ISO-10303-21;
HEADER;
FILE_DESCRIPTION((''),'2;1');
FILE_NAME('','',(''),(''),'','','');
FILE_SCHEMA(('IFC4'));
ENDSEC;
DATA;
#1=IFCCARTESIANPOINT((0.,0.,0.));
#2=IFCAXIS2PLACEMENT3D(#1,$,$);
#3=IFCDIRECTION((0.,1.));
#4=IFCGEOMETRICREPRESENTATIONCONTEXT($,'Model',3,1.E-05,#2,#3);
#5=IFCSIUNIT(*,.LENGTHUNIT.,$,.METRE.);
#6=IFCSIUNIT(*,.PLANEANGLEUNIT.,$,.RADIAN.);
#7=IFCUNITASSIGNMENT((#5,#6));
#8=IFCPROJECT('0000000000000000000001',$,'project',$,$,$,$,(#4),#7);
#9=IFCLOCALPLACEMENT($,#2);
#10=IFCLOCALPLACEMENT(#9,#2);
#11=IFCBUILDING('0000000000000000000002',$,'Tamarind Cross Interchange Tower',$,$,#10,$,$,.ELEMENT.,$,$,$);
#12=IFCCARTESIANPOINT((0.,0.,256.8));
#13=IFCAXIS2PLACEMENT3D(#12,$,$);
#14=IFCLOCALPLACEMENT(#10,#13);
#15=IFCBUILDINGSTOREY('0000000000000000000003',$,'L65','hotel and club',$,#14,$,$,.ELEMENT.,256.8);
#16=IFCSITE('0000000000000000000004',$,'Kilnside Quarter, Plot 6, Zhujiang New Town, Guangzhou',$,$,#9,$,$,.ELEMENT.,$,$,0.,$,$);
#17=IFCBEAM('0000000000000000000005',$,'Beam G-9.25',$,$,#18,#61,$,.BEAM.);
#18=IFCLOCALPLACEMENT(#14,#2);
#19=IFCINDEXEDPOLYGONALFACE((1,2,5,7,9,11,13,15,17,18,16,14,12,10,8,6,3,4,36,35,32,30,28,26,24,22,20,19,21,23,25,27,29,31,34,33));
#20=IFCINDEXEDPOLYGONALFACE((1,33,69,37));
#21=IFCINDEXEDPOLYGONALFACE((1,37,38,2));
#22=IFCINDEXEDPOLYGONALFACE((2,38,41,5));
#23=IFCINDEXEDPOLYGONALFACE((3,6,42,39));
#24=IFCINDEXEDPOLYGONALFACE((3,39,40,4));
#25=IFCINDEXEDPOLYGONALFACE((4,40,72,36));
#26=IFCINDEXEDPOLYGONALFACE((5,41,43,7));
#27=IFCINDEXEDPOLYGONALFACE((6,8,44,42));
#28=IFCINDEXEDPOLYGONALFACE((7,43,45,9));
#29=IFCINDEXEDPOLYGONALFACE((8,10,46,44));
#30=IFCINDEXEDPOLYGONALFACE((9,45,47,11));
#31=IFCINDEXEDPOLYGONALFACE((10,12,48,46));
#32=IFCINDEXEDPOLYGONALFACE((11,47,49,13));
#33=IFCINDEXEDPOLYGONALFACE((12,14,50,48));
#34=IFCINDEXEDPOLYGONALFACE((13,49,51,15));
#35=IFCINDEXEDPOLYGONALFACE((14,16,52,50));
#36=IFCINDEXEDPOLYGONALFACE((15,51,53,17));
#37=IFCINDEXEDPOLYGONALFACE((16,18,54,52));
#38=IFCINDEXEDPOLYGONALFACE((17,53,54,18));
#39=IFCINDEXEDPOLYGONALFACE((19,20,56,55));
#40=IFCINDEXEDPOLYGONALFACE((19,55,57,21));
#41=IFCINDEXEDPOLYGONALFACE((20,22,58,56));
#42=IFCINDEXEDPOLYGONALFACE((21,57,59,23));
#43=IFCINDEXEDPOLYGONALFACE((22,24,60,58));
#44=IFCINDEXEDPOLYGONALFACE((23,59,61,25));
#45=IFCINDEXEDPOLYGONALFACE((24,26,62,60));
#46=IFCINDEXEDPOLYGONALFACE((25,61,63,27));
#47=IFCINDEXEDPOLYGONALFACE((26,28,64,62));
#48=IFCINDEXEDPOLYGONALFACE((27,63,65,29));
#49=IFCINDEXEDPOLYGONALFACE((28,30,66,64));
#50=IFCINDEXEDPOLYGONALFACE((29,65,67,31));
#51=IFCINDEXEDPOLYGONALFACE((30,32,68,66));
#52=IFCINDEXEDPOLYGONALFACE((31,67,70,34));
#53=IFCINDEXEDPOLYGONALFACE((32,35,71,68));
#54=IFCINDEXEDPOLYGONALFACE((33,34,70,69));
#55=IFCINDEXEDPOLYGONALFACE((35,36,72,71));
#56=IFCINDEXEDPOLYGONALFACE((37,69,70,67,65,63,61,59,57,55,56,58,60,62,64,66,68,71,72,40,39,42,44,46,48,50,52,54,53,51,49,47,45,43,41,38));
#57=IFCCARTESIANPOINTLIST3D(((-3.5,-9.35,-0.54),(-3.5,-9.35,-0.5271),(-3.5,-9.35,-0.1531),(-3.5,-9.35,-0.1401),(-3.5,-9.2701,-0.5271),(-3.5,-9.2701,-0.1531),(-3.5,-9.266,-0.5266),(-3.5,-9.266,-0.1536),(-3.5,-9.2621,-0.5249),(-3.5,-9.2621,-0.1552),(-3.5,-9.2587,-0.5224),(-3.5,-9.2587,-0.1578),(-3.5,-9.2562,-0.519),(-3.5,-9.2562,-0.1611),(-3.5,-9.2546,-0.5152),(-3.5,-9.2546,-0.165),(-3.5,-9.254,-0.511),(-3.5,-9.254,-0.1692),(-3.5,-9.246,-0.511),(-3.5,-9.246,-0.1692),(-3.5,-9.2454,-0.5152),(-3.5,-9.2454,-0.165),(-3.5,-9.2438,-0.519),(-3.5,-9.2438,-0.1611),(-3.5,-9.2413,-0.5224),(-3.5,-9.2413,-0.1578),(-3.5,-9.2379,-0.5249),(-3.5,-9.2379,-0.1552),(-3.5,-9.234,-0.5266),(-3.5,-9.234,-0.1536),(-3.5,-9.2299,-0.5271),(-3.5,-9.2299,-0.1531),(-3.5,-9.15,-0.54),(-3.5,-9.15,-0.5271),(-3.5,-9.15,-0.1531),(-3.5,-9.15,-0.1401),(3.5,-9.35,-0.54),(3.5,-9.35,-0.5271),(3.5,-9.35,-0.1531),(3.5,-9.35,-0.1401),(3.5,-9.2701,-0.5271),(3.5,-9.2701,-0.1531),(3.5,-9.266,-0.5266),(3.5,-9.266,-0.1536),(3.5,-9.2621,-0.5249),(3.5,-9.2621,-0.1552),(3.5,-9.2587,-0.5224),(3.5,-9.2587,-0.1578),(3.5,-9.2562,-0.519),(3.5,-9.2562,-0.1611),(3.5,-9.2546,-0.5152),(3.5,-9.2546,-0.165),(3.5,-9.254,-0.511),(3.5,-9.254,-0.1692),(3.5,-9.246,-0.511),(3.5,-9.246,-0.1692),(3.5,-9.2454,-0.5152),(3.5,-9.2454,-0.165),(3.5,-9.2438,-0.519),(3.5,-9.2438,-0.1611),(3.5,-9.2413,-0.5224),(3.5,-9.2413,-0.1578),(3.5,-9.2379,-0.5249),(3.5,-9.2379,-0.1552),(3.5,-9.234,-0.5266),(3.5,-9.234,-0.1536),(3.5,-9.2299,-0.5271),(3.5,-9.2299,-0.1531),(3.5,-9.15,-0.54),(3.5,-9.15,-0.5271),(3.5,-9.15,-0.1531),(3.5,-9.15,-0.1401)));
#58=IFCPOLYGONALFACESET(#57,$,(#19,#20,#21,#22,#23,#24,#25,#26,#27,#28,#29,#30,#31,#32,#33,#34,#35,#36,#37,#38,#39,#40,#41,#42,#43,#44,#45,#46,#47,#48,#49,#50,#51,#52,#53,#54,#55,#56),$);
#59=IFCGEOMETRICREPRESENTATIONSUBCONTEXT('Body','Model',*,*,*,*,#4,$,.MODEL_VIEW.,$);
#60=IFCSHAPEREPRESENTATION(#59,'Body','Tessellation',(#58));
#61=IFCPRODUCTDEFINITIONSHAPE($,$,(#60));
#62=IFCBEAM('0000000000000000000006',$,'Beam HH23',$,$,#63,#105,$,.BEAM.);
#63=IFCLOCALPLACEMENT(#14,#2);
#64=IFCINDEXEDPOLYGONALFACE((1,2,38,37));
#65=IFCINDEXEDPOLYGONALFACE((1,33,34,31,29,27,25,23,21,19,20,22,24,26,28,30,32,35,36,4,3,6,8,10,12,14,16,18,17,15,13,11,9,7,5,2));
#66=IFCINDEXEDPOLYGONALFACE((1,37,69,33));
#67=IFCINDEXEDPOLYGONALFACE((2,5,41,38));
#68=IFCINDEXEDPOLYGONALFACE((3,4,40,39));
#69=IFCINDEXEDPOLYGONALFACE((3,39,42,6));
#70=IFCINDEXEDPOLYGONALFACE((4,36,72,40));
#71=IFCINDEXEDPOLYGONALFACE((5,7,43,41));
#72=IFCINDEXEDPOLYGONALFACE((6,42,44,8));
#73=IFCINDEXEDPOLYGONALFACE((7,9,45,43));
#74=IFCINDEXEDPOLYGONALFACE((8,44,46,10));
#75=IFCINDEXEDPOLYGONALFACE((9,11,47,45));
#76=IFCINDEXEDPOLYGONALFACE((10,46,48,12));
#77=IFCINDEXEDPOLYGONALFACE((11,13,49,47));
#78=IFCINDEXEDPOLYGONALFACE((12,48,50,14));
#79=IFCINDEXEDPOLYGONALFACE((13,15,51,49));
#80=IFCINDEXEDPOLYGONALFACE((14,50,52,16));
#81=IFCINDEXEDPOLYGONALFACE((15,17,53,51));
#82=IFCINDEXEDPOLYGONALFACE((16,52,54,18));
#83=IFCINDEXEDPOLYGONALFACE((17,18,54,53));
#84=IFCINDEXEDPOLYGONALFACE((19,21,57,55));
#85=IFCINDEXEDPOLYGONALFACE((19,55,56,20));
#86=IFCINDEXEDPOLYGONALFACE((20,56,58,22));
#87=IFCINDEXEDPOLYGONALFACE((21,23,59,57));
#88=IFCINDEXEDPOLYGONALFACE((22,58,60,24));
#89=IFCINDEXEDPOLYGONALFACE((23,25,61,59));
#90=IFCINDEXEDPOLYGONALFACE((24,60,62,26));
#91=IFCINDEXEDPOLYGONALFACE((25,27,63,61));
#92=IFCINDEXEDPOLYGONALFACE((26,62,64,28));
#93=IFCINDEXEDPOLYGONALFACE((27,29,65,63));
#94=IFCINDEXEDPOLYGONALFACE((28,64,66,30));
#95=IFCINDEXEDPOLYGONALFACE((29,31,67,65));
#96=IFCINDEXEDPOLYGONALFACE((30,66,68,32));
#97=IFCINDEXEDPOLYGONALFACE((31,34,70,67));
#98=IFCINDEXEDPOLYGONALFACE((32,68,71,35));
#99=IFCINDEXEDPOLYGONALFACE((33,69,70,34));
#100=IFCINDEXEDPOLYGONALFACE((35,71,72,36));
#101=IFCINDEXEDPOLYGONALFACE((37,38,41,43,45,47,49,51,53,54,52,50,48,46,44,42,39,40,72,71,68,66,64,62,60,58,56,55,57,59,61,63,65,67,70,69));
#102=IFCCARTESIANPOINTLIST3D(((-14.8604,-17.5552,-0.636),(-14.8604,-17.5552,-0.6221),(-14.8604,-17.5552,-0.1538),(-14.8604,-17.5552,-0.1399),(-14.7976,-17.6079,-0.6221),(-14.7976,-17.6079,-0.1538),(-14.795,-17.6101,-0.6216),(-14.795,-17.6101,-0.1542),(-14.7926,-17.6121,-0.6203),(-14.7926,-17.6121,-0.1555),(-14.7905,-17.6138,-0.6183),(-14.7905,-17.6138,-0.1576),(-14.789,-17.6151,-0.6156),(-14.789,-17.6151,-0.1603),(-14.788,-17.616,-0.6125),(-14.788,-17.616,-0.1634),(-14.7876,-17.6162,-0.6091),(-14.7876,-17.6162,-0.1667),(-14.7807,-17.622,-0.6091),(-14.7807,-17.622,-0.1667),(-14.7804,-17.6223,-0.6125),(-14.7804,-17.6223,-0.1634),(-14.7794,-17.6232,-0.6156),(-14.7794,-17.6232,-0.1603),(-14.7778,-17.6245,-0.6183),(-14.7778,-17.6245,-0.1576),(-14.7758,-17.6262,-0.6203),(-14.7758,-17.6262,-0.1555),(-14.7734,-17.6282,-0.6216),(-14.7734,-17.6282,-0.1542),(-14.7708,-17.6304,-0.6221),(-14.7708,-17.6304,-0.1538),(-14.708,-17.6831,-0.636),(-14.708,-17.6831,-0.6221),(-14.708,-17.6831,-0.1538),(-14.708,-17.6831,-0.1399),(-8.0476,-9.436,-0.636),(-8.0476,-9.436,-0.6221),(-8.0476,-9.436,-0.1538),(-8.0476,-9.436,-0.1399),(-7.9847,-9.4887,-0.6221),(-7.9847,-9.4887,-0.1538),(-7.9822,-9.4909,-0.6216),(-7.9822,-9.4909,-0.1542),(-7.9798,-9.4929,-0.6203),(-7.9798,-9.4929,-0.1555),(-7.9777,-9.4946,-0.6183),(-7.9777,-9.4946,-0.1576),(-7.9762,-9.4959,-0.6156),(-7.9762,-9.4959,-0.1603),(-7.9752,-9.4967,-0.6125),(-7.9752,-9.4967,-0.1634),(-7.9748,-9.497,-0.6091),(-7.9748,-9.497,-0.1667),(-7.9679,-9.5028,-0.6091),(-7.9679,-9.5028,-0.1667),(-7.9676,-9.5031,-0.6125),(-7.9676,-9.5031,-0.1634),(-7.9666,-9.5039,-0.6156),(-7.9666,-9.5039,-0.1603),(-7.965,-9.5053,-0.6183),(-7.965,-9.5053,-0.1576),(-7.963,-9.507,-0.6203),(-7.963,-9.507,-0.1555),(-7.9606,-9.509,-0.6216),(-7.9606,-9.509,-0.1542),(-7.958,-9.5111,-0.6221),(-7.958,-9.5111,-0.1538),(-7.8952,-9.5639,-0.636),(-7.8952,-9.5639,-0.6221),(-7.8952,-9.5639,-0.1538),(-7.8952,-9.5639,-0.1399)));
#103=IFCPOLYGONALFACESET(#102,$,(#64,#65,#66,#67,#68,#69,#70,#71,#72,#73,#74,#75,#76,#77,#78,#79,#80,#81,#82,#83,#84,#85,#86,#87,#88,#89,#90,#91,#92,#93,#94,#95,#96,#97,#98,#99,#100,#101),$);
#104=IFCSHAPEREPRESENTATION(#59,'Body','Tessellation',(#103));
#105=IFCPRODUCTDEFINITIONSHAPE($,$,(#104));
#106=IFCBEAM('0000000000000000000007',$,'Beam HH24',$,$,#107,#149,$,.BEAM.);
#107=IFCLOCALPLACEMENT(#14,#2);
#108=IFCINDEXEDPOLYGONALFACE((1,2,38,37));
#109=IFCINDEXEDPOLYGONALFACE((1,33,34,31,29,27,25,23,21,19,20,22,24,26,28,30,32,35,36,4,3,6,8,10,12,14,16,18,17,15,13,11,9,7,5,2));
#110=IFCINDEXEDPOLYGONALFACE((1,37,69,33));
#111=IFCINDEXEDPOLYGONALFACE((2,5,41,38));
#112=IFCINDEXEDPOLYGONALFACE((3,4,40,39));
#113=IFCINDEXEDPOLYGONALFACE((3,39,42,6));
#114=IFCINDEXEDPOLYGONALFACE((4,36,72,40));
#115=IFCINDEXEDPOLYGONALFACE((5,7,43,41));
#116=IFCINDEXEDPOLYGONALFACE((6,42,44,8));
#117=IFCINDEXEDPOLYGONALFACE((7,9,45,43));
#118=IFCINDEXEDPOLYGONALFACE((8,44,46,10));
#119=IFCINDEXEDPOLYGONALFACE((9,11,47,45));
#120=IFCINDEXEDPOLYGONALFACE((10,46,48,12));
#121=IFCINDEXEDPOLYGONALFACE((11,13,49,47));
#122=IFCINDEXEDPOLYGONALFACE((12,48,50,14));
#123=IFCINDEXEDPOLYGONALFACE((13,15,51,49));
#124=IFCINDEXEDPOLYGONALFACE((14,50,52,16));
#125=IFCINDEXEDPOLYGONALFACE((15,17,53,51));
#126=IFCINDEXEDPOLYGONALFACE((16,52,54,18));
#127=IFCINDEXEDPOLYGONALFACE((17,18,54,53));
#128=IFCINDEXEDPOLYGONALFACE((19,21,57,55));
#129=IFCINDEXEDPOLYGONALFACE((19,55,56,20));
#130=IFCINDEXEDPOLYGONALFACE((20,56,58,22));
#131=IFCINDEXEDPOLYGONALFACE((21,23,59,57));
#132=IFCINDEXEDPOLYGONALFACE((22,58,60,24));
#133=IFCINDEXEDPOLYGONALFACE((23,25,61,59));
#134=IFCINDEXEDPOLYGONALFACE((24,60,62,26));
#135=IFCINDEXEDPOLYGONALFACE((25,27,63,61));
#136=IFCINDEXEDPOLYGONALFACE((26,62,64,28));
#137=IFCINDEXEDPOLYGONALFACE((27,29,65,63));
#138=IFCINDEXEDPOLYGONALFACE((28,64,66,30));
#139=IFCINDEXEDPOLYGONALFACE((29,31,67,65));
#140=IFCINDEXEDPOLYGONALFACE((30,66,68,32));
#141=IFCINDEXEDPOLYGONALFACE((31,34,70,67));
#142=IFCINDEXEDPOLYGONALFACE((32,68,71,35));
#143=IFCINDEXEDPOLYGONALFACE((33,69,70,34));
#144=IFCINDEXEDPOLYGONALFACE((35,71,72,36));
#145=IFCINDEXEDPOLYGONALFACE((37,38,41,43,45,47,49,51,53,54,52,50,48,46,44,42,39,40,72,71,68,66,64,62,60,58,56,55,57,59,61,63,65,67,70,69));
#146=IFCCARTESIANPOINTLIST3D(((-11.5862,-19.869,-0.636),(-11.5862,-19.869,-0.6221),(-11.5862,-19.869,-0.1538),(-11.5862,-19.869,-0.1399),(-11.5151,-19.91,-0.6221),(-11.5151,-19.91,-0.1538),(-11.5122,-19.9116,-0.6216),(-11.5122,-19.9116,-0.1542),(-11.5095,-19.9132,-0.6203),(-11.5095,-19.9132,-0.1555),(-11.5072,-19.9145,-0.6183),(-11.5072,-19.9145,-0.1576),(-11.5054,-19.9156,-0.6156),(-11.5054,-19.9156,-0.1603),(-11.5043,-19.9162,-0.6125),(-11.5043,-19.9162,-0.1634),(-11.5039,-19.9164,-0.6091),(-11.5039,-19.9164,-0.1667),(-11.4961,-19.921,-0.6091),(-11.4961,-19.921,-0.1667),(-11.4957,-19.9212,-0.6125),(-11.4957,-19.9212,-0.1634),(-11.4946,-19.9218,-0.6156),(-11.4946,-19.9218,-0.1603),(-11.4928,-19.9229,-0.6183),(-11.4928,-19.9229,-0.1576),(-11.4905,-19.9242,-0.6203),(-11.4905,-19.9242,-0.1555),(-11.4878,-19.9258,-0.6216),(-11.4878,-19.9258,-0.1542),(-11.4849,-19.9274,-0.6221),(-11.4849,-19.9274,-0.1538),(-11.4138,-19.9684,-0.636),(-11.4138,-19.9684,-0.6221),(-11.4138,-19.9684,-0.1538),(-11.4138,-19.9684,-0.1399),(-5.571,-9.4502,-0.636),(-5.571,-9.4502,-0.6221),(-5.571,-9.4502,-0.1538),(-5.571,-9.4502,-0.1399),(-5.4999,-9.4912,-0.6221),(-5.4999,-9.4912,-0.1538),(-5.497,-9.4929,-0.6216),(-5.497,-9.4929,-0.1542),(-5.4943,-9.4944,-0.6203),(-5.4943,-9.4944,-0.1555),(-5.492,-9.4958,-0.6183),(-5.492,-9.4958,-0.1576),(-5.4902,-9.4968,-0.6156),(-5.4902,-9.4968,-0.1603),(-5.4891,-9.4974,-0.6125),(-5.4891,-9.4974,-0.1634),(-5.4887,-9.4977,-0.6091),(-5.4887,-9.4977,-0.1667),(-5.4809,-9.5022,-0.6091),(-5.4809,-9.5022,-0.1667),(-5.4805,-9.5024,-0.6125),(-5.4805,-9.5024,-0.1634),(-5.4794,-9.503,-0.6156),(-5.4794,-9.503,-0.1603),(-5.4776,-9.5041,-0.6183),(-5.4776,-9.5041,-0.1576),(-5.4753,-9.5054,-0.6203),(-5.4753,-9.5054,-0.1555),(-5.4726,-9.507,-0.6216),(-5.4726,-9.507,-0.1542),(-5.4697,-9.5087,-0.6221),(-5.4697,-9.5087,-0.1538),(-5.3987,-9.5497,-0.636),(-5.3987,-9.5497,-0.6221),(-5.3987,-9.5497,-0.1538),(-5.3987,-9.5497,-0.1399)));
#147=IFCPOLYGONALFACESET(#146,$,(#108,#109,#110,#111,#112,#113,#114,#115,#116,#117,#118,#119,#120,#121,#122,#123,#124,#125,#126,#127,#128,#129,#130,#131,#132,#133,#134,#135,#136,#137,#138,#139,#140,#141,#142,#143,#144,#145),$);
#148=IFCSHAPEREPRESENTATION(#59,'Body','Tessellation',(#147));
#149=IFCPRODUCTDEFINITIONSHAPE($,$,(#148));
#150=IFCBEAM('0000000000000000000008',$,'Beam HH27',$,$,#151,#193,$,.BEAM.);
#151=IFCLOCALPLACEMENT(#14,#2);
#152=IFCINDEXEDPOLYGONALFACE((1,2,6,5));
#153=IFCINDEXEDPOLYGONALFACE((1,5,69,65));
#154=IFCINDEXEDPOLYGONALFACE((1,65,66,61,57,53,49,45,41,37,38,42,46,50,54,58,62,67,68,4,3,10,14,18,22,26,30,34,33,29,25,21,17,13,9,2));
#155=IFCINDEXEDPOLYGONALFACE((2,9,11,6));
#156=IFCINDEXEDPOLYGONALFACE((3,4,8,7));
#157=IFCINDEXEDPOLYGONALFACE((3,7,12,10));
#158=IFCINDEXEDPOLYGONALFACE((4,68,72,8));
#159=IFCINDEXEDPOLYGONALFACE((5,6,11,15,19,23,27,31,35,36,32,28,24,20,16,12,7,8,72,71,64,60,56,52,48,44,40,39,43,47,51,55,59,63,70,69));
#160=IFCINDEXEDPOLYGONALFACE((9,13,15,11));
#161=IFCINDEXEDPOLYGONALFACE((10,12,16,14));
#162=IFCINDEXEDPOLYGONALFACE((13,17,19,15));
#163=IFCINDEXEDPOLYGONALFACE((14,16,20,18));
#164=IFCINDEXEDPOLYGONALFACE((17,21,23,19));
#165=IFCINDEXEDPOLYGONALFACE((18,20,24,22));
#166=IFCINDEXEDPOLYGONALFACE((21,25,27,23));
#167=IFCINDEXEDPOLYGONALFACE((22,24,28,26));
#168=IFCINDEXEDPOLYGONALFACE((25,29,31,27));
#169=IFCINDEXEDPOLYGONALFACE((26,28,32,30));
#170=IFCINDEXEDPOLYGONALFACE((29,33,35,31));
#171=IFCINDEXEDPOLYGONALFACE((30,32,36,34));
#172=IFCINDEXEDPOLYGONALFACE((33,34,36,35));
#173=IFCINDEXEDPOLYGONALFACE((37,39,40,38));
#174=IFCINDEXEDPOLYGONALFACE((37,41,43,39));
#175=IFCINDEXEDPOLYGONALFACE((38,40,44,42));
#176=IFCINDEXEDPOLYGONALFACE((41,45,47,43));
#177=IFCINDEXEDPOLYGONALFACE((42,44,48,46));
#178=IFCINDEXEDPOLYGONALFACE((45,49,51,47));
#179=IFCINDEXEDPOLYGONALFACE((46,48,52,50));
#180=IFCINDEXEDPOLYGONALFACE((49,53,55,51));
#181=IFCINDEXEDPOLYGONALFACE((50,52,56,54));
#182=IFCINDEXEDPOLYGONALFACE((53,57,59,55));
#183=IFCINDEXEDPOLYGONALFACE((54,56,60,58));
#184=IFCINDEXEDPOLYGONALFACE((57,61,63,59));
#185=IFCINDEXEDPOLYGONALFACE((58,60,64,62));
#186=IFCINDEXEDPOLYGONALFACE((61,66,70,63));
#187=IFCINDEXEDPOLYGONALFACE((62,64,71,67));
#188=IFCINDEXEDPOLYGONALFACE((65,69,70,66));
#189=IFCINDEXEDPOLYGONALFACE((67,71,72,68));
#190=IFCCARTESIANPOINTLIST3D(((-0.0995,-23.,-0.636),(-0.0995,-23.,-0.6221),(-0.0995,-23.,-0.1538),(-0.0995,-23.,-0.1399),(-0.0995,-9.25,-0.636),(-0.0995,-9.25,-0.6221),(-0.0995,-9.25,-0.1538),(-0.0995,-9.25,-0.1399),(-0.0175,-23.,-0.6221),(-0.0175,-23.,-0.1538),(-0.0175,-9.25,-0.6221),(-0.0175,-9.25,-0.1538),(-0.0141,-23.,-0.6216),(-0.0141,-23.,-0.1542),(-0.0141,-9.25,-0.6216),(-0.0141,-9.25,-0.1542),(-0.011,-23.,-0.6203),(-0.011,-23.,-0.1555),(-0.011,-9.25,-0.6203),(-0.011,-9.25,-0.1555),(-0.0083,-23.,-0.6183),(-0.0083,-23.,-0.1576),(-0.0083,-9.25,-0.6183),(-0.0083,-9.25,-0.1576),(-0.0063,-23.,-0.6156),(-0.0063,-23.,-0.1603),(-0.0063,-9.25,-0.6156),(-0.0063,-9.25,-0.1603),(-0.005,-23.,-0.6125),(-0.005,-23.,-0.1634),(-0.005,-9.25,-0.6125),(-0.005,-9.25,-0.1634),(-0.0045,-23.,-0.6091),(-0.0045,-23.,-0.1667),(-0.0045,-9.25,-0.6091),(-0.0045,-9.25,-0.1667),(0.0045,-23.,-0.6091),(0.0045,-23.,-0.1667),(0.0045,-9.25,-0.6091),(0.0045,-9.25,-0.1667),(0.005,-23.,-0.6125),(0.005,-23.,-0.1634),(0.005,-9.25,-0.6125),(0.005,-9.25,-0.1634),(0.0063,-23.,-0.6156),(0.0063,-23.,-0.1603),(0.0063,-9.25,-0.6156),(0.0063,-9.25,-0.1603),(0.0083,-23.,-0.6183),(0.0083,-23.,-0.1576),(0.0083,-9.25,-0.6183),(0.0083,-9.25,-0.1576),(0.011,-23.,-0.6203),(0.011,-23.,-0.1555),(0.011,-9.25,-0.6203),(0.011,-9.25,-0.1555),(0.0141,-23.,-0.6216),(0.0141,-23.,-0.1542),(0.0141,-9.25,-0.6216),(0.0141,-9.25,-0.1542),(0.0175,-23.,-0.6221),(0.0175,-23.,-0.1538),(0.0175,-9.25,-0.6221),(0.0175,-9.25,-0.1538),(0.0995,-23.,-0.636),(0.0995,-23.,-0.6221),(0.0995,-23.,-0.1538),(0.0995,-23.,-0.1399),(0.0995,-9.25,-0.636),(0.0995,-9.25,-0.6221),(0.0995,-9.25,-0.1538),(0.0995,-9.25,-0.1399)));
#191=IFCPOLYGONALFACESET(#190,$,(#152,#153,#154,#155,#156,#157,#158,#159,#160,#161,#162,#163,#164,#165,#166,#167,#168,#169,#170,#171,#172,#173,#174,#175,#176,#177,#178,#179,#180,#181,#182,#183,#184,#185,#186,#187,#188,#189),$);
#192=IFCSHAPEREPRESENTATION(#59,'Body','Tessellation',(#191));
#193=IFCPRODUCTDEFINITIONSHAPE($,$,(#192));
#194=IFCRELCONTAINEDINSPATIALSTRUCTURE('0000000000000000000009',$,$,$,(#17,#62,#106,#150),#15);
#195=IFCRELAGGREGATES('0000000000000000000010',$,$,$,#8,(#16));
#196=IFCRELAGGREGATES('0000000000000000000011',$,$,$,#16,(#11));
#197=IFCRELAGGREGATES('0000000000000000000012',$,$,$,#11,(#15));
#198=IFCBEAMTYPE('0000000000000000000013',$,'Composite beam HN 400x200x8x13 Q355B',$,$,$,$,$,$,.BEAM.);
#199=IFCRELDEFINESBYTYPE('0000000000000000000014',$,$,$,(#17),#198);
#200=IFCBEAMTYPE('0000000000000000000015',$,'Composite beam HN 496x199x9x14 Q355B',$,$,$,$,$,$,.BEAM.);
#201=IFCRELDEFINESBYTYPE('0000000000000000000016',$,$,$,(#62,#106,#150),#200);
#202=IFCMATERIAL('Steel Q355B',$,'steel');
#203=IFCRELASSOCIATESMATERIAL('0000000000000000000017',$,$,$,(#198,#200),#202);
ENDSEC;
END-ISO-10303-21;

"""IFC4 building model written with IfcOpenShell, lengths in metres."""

from ifc_helpers import new_model, si_unit, direction, frame, origin, origin_2d, place, context, subcontext, project, spatial, i_section, extrude, material, material_profile, profile_set, type_object, element, save


model = new_model("IFC4")

# Units and contexts
model_context = context("Model", 3, precision=1e-05, world=origin(), true_north=direction((0.0, 1.0)))
body_context = subcontext(model_context, "Body", "Model", "MODEL_VIEW")
ifc_project = project(units=[si_unit("LENGTHUNIT", "METRE"), si_unit("PLANEANGLEUNIT", "RADIAN")], contexts=[model_context])

# Site, building, storey
site_placement = place(None, origin())
site = spatial("IfcSite", under=ifc_project, at=site_placement, Name="Kilnside Quarter, Plot 6, Zhujiang New Town, Guangzhou", CompositionType="ELEMENT", RefElevation=0.0)
building_placement = place(site_placement, origin())
building = spatial("IfcBuilding", under=site, at=building_placement, Name="Tamarind Cross Interchange Tower", CompositionType="ELEMENT")
storey_placement = place(building_placement, frame((0.0, 0.0, 256.8)))
storey = spatial("IfcBuildingStorey", under=building, at=storey_placement, Name="L65", Description="hotel and club", CompositionType="ELEMENT", Elevation=256.8)

# Beams
ifc_material_1 = material(Name="Steel Q355B", Category="steel")
ifc_material_profile_1 = material_profile(ifc_material_1, i_section(OverallWidth=0.2, OverallDepth=0.3999, WebThickness=0.0081, FlangeThickness=0.0129, FilletRadius=0.0161, at=origin_2d()), Name="HN 400x200x8x13")
ifc_profile_set_1 = profile_set([ifc_material_profile_1], Name="Steel Q355B")
beam_type_1 = type_object("IfcBeamType", Name="Composite beam HN 400x200x8x13 Q355B", PredefinedType="BEAM", material=ifc_profile_set_1)
beam_1_placement = place(storey_placement, frame((-3.5, -9.25, -0.3401), z_axis=(1.0, 0.0, 0.0), x_axis=(0.0, 1.0, 0.0)))
element("IfcBeam", 1, at=beam_1_placement, inside=storey, type_object=beam_type_1, Name="Beam G-9.25", PredefinedType="BEAM", context=body_context, shape_type="SweptSolid", body=[
    extrude(i_section(OverallWidth=0.2, OverallDepth=0.3999, WebThickness=0.0081, FlangeThickness=0.0129, FilletRadius=0.0161, at=origin_2d()), origin(), (0.0, 0.0, 1.0), 7.0),
])
ifc_material_profile_2 = material_profile(ifc_material_1, i_section(OverallWidth=0.199, OverallDepth=0.4961, WebThickness=0.009, FlangeThickness=0.0139, FilletRadius=0.0129, at=origin_2d()), Name="HN 496x199x9x14")
ifc_profile_set_2 = profile_set([ifc_material_profile_2], Name="Steel Q355B")
beam_type_2 = type_object("IfcBeamType", Name="Composite beam HN 496x199x9x14 Q355B", PredefinedType="BEAM", material=ifc_profile_set_2)
beam_2_placement = place(storey_placement, frame((-14.7842, -17.6191, -0.3879), z_axis=(0.642786, 0.766046, 0.0), x_axis=(-0.766046, 0.642786, 0.0)))
element("IfcBeam", 2, at=beam_2_placement, inside=storey, type_object=beam_type_2, Name="Beam HH23", PredefinedType="BEAM", context=body_context, shape_type="SweptSolid", body=[
    extrude(i_section(OverallWidth=0.199, OverallDepth=0.4961, WebThickness=0.009, FlangeThickness=0.0139, FilletRadius=0.0129, at=origin_2d()), origin(), (0.0, 0.0, 1.0), 10.5989),
])
beam_3_placement = place(storey_placement, frame((-11.5, -19.9187, -0.3879), z_axis=(0.499994, 0.866029, 0.0), x_axis=(-0.866029, 0.499994, 0.0)))
element("IfcBeam", 3, at=beam_3_placement, inside=storey, type_object=beam_type_2, Name="Beam HH24", PredefinedType="BEAM", context=body_context, shape_type="SweptSolid", body=[
    extrude(i_section(OverallWidth=0.199, OverallDepth=0.4961, WebThickness=0.009, FlangeThickness=0.0139, FilletRadius=0.0129, at=origin_2d()), origin(), (0.0, 0.0, 1.0), 12.0305),
])
beam_4_placement = place(storey_placement, frame((0.0, -23.0, -0.3879), z_axis=(0.0, 1.0, 0.0), x_axis=(-1.0, 0.0, 0.0)))
element("IfcBeam", 4, at=beam_4_placement, inside=storey, type_object=beam_type_2, Name="Beam HH27", PredefinedType="BEAM", context=body_context, shape_type="SweptSolid", body=[
    extrude(i_section(OverallWidth=0.199, OverallDepth=0.4961, WebThickness=0.009, FlangeThickness=0.0139, FilletRadius=0.0129, at=origin_2d()), origin(), (0.0, 0.0, 1.0), 13.75),
])

save(model, "model.ifc")
